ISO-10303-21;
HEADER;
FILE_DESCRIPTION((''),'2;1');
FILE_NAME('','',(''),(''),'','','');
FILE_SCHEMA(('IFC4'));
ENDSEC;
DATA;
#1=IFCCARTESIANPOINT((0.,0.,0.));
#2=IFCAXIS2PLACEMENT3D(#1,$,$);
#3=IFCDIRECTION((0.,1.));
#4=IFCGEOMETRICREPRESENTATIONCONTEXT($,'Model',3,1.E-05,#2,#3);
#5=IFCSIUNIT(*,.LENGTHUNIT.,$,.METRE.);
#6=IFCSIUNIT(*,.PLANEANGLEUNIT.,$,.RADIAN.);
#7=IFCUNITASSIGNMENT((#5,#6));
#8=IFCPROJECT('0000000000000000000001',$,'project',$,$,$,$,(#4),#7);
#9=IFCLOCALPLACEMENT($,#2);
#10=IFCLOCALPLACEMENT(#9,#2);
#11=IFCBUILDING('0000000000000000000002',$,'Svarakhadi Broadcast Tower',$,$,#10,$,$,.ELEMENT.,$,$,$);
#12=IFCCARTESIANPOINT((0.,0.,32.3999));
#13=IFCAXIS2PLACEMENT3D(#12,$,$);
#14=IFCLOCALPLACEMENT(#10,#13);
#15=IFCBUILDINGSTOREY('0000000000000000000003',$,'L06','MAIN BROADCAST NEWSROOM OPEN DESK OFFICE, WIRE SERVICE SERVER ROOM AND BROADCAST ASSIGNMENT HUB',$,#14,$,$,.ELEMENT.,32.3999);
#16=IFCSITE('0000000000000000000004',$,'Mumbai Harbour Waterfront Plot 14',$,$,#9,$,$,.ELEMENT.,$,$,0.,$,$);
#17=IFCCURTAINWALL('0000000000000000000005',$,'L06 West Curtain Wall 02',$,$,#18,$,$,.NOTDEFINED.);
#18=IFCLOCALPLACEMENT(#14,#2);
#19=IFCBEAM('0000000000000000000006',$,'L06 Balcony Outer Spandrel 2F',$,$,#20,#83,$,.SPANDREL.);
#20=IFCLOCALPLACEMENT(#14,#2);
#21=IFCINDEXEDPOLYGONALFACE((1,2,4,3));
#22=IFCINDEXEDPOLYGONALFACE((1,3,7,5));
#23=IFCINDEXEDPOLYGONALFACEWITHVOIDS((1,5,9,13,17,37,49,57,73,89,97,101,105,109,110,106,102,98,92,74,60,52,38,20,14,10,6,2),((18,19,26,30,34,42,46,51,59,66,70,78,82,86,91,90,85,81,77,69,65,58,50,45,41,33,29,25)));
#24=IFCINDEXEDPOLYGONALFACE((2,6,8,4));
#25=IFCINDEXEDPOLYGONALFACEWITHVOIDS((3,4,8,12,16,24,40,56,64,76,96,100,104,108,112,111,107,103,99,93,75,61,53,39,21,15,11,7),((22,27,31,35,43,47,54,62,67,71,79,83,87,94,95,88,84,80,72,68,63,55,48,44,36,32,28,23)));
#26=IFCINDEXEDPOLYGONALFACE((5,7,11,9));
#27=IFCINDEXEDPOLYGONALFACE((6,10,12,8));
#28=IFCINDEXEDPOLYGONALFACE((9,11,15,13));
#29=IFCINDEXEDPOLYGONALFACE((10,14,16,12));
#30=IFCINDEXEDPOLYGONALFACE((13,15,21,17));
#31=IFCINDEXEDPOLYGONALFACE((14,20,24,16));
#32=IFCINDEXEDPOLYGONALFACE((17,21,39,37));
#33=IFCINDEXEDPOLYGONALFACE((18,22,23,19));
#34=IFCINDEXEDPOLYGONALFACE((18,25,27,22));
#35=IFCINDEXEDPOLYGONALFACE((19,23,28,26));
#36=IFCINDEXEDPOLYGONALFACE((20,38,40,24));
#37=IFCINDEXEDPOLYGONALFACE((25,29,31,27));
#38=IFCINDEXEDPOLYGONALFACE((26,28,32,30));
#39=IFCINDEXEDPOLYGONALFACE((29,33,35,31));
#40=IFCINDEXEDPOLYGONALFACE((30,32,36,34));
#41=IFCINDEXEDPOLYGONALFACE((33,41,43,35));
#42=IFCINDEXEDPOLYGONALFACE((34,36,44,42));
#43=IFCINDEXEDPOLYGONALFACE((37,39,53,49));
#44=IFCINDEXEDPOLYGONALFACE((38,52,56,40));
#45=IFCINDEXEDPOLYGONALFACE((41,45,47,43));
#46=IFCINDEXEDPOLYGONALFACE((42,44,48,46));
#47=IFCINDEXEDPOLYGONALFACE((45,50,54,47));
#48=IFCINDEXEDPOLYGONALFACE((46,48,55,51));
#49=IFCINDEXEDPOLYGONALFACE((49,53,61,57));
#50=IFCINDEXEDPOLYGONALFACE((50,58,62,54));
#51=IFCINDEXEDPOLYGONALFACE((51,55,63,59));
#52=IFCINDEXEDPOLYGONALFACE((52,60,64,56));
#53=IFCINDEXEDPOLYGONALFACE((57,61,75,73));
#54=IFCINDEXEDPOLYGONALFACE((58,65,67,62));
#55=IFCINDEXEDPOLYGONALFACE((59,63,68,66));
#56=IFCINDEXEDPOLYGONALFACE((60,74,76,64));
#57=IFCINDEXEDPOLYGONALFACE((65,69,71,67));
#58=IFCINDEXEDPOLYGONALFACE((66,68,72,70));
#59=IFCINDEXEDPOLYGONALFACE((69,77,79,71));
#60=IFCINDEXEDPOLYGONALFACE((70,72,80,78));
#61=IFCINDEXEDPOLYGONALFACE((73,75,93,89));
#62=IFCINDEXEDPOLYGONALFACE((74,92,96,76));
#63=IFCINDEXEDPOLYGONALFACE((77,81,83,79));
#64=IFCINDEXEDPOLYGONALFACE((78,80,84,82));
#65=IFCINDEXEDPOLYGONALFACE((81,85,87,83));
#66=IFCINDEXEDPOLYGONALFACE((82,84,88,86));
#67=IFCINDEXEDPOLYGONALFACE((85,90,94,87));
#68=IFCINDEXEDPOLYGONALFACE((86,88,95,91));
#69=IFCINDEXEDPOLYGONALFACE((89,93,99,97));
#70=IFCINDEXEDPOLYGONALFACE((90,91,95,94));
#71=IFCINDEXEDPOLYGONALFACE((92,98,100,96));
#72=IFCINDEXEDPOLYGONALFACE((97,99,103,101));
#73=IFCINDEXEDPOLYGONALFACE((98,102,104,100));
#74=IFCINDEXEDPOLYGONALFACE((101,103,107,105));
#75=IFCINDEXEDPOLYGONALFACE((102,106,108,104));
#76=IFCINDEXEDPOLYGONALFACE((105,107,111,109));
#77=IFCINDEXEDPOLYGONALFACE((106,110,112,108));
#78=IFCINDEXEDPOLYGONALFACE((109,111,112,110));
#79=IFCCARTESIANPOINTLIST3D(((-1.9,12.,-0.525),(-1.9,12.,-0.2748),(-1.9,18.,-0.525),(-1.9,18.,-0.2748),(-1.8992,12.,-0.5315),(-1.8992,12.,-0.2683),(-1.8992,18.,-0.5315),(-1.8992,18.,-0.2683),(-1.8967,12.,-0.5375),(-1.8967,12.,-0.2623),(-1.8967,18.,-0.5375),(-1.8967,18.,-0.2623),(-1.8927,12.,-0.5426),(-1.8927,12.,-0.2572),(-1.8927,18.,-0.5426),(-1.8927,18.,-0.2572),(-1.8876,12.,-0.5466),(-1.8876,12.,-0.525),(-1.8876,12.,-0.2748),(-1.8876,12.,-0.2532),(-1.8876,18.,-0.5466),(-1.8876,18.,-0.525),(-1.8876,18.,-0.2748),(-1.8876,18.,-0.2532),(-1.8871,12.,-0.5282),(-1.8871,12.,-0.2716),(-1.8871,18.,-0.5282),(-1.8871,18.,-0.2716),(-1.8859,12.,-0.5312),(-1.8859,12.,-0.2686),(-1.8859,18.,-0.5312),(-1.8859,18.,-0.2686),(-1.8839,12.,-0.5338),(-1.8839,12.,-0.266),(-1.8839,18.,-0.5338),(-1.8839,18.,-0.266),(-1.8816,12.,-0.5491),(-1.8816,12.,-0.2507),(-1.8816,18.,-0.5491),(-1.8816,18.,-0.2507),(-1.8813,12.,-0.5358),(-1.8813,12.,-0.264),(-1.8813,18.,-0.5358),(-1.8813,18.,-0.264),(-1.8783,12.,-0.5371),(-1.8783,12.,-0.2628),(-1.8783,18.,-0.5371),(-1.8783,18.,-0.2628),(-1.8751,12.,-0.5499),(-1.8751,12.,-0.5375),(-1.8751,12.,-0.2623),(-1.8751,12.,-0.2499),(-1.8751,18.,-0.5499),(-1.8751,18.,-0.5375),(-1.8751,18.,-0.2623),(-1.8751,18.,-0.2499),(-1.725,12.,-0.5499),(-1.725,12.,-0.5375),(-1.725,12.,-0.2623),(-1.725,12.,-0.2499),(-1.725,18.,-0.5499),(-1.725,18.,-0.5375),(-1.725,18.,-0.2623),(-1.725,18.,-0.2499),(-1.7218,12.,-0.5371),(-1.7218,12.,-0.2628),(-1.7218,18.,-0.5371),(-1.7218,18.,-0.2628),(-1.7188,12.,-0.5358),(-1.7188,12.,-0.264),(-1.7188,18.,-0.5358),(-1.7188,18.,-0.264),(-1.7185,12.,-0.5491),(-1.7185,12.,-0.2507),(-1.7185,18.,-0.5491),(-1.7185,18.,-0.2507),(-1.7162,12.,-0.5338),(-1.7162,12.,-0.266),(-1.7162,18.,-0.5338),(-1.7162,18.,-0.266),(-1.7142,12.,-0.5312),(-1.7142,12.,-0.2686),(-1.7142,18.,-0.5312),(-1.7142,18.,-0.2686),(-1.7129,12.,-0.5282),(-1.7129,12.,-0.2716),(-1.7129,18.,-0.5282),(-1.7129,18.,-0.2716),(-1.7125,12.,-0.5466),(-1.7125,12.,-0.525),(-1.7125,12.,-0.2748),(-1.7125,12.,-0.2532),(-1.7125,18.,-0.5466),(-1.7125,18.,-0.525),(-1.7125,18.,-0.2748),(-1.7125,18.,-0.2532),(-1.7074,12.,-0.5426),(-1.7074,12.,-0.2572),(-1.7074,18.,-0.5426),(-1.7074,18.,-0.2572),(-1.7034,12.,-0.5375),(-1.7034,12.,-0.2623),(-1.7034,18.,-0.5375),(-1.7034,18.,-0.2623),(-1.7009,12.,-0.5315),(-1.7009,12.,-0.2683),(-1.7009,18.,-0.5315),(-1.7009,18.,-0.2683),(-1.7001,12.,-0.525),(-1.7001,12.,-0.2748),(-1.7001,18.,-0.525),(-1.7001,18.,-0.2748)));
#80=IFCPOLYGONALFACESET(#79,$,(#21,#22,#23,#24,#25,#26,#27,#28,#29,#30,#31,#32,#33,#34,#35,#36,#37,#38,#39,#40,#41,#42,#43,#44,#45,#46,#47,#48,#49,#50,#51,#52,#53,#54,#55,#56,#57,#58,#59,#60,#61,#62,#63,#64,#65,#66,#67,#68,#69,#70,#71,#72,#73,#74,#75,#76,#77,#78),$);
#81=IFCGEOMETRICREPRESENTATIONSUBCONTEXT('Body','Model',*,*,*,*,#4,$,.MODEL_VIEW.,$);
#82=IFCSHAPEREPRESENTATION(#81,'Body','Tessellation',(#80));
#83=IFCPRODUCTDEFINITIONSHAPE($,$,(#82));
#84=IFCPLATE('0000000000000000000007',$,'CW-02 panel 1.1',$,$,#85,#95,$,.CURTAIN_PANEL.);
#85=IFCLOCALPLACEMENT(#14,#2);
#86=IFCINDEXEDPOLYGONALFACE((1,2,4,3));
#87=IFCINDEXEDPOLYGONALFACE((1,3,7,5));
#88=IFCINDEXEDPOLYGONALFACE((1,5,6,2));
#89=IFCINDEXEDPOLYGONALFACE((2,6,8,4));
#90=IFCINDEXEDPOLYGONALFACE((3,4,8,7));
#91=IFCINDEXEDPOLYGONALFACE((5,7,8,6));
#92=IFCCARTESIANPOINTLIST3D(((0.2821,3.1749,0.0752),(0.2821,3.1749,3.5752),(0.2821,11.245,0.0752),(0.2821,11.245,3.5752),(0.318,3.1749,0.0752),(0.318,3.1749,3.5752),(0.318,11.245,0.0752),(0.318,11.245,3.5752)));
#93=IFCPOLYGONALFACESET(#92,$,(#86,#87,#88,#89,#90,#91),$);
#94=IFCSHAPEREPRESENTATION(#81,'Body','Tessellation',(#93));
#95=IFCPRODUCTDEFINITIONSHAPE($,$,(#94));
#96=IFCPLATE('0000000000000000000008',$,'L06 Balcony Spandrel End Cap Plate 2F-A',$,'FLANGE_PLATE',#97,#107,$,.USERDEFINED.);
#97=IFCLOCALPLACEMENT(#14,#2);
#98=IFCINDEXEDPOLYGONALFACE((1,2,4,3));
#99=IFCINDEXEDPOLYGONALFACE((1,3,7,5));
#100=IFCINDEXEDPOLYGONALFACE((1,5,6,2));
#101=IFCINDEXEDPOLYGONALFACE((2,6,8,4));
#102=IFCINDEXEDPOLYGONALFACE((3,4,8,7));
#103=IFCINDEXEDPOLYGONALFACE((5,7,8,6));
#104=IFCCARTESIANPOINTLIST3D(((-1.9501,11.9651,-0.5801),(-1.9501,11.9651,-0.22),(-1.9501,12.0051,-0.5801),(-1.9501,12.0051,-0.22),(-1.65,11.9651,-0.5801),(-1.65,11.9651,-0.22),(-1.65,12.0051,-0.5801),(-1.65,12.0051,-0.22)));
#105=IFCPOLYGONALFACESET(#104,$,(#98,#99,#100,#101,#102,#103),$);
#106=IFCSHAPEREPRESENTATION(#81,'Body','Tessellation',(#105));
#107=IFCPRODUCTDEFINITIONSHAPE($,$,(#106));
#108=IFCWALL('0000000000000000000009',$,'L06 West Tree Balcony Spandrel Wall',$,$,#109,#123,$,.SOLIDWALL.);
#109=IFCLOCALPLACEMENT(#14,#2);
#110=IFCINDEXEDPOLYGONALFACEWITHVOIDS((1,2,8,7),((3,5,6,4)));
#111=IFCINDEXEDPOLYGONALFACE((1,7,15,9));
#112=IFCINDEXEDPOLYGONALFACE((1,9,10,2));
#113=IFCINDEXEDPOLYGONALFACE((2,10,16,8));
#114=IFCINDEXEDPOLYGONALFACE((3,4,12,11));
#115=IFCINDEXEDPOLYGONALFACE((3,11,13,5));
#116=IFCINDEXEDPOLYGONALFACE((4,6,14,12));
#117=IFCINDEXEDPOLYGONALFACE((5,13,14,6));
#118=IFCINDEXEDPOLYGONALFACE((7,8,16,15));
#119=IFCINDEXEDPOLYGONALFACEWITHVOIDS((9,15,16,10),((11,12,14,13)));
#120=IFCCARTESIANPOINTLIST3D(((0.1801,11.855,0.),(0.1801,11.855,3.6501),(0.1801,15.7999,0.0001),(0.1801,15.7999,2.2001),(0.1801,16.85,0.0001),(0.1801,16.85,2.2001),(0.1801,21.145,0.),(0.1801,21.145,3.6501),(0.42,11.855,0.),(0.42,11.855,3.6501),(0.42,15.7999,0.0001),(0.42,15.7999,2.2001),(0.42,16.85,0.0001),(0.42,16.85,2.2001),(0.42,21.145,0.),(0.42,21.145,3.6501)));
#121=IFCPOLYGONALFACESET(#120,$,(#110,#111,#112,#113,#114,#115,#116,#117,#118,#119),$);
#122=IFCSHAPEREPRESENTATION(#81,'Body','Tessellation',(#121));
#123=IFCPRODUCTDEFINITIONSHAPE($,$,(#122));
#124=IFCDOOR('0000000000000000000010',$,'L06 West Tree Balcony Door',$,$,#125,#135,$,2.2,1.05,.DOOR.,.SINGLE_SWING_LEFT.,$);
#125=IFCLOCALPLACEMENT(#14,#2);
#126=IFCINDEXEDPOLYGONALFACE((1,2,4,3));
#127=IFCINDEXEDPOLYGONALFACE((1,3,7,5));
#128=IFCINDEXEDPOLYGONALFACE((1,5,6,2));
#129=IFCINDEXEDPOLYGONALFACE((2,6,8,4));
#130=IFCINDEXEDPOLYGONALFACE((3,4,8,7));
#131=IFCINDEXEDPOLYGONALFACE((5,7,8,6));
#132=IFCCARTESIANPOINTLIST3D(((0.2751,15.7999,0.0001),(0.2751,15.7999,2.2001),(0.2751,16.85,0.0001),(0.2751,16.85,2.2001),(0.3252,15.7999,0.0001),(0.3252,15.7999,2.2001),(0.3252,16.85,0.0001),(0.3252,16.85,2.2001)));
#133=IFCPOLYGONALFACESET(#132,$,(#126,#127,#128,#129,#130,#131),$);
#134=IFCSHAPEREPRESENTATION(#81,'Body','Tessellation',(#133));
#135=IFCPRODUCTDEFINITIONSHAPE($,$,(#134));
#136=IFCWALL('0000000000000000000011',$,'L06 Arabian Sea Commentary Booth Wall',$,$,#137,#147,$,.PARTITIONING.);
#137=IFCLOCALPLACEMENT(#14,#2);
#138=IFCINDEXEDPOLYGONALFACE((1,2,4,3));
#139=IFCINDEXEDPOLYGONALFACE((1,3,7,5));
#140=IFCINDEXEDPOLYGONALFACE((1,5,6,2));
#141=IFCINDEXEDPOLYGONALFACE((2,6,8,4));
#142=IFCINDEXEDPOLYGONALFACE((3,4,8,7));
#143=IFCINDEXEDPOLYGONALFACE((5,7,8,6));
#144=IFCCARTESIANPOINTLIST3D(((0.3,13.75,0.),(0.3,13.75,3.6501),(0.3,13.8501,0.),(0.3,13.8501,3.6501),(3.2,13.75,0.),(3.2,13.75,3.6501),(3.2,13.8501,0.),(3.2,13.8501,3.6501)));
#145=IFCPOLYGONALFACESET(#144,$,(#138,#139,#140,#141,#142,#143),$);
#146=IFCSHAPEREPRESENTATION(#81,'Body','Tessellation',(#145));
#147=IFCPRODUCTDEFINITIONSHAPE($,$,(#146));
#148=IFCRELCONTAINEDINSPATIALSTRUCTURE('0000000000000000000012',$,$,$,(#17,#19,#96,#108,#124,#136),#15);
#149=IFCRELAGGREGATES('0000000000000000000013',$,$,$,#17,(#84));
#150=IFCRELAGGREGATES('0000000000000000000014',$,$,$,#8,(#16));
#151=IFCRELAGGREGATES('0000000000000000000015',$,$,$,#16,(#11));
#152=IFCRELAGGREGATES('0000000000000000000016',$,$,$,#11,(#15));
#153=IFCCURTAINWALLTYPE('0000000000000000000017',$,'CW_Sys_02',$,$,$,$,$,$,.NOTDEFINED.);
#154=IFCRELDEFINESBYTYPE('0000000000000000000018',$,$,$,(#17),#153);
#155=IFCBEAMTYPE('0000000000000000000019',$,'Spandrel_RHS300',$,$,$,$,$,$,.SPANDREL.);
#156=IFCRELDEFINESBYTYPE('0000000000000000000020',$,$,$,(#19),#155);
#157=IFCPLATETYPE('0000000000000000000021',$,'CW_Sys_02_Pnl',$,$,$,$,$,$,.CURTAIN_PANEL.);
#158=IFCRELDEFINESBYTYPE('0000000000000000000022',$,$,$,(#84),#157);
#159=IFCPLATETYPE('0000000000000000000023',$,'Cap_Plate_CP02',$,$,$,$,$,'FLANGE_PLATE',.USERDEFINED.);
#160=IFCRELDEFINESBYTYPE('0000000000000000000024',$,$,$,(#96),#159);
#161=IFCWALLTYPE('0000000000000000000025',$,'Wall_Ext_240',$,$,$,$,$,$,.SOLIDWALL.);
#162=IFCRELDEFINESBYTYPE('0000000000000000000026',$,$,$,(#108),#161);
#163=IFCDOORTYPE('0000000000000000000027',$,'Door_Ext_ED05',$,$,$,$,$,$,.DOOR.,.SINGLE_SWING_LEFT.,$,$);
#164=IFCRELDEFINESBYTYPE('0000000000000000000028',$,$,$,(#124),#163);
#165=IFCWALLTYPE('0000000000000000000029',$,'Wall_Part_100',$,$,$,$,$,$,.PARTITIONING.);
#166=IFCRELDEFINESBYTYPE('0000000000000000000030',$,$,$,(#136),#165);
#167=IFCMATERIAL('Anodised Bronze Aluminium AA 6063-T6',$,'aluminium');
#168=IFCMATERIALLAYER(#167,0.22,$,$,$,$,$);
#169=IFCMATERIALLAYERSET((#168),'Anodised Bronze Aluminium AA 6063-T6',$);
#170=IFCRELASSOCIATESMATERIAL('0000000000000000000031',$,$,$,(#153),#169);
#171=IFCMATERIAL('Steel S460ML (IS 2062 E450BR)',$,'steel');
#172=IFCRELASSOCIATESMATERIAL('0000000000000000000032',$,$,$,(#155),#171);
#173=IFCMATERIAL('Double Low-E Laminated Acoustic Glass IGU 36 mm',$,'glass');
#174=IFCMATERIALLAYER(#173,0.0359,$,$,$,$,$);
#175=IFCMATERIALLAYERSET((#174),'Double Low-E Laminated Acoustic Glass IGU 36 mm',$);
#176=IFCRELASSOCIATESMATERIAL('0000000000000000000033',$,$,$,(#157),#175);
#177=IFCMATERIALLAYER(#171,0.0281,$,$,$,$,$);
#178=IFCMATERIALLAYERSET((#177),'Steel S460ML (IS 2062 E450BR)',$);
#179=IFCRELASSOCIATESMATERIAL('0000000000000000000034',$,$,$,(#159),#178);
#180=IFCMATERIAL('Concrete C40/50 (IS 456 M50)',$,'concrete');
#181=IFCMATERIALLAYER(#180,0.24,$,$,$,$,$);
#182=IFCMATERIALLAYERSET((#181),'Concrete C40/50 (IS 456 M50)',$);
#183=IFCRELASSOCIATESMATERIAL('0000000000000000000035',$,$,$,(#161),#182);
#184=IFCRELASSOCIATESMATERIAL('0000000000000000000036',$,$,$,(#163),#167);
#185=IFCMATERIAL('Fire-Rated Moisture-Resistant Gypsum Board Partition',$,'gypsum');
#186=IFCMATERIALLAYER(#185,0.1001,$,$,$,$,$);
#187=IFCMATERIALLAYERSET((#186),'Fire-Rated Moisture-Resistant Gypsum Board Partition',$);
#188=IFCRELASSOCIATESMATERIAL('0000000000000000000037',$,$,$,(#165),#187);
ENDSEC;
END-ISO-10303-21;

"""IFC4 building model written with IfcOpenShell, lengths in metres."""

from ifc_helpers import new_model, si_unit, direction, frame, frame_2d, origin, origin_2d, place, context, subcontext, project, spatial, rectangle, hollow_rectangle, extrude, material, layer, layer_set, material_profile, profile_set, type_object, element, fill, aggregate, save


model = new_model("IFC4")

# Units and contexts
model_context = context("Model", 3, precision=1e-05, world=origin(), true_north=direction((0.0, 1.0)))
body_context = subcontext(model_context, "Body", "Model", "MODEL_VIEW")
ifc_project = project(units=[si_unit("LENGTHUNIT", "METRE"), si_unit("PLANEANGLEUNIT", "RADIAN")], contexts=[model_context])

# Site, building, storey
site_placement = place(None, origin())
site = spatial("IfcSite", under=ifc_project, at=site_placement, Name="Mumbai Harbour Waterfront Plot 14", CompositionType="ELEMENT", RefElevation=0.0)
building_placement = place(site_placement, origin())
building = spatial("IfcBuilding", under=site, at=building_placement, Name="Svarakhadi Broadcast Tower", CompositionType="ELEMENT")
storey_placement = place(building_placement, frame((0.0, 0.0, 32.3999)))
storey = spatial("IfcBuildingStorey", under=building, at=storey_placement, Name="L06", Description="MAIN BROADCAST NEWSROOM OPEN DESK OFFICE, WIRE SERVICE SERVER ROOM AND BROADCAST ASSIGNMENT HUB", CompositionType="ELEMENT", Elevation=32.3999)

# Shared definitions
ifc_material_1 = material(Name="Steel S460ML (IS 2062 E450BR)", Category="steel")

# Curtain wall
ifc_material_2 = material(Name="Anodised Bronze Aluminium AA 6063-T6", Category="aluminium")
ifc_layer_1 = layer(ifc_material_2, 0.22)
ifc_layer_set_1 = layer_set([ifc_layer_1], Name="Anodised Bronze Aluminium AA 6063-T6")
curtain_wall_type = type_object("IfcCurtainWallType", Name="CW_Sys_02", PredefinedType="NOTDEFINED", material=ifc_layer_set_1)
curtain_wall_placement = place(storey_placement, origin())
curtain_wall = element("IfcCurtainWall", 1, at=curtain_wall_placement, inside=storey, type_object=curtain_wall_type, Name="L06 West Curtain Wall 02", PredefinedType="NOTDEFINED")

# Beam
ifc_material_profile_1 = material_profile(ifc_material_1, hollow_rectangle(XDim=0.2, YDim=0.3, WallThickness=0.0125, InnerFilletRadius=0.0125, OuterFilletRadius=0.0249, at=origin_2d()), Name="RHS 300x200x12.5")
ifc_profile_set_1 = profile_set([ifc_material_profile_1], Name="Steel S460ML (IS 2062 E450BR)")
beam_type_1 = type_object("IfcBeamType", Name="Spandrel_RHS300", PredefinedType="SPANDREL", material=ifc_profile_set_1)
beam_1_placement = place(storey_placement, frame((-1.8, 12.0, -0.3999), z_axis=(0.0, 1.0, 0.0), x_axis=(-1.0, 0.0, 0.0)))
element("IfcBeam", 2, at=beam_1_placement, inside=storey, type_object=beam_type_1, Name="L06 Balcony Outer Spandrel 2F", PredefinedType="SPANDREL", context=body_context, shape_type="SweptSolid", body=[
    extrude(hollow_rectangle(XDim=0.2, YDim=0.3, WallThickness=0.0125, InnerFilletRadius=0.0125, OuterFilletRadius=0.0249, at=origin_2d()), origin(), (0.0, 0.0, 1.0), 6.0),
])

# Plates
ifc_material_3 = material(Name="Double Low-E Laminated Acoustic Glass IGU 36 mm", Category="glass")
ifc_layer_2 = layer(ifc_material_3, 0.0359)
ifc_layer_set_2 = layer_set([ifc_layer_2], Name="Double Low-E Laminated Acoustic Glass IGU 36 mm")
plate_type_1 = type_object("IfcPlateType", Name="CW_Sys_02_Pnl", PredefinedType="CURTAIN_PANEL", material=ifc_layer_set_2)
plate_1_placement = place(storey_placement, frame((0.3, 7.21, 0.0752), z_axis=(0.0, 0.0, 1.0), x_axis=(0.0, 1.0, 0.0)))
plate_1 = element("IfcPlate", 3, at=plate_1_placement, type_object=plate_type_1, Name="CW-02 panel 1.1", PredefinedType="CURTAIN_PANEL", context=body_context, shape_type="SweptSolid", body=[
    extrude(rectangle(XDim=8.0701, YDim=0.0359, at=origin_2d()), origin(), (0.0, 0.0, 1.0), 3.5),
])
aggregate(curtain_wall, [plate_1])
ifc_layer_3 = layer(ifc_material_1, 0.0281)
ifc_layer_set_3 = layer_set([ifc_layer_3], Name="Steel S460ML (IS 2062 E450BR)")
plate_type_2 = type_object("IfcPlateType", Name="Cap_Plate_CP02", ElementType="FLANGE_PLATE", PredefinedType="USERDEFINED", material=ifc_layer_set_3)
plate_2_placement = place(storey_placement, frame((-1.8, 11.9851, -0.5801), z_axis=(0.0, 0.0, 1.0), x_axis=(1.0, 0.0, 0.0)))
element("IfcPlate", 4, at=plate_2_placement, inside=storey, type_object=plate_type_2, Name="L06 Balcony Spandrel End Cap Plate 2F-A", ObjectType="FLANGE_PLATE", PredefinedType="USERDEFINED", context=body_context, shape_type="SweptSolid", body=[
    extrude(rectangle(XDim=0.3, YDim=0.04, at=origin_2d()), origin(), (0.0, 0.0, 1.0), 0.3601),
])

# Wall, opening, door
ifc_material_4 = material(Name="Concrete C40/50 (IS 456 M50)", Category="concrete")
ifc_layer_4 = layer(ifc_material_4, 0.24)
ifc_layer_set_4 = layer_set([ifc_layer_4], Name="Concrete C40/50 (IS 456 M50)")
wall_type_1 = type_object("IfcWallType", Name="Wall_Ext_240", PredefinedType="SOLIDWALL", material=ifc_layer_set_4)
wall_1_placement = place(storey_placement, frame((0.3, 11.855, 0.0), z_axis=(0.0, 0.0, 1.0), x_axis=(0.0, 1.0, 0.0)))
wall_1 = element("IfcWall", 5, at=wall_1_placement, inside=storey, type_object=wall_type_1, Name="L06 West Tree Balcony Spandrel Wall", PredefinedType="SOLIDWALL", context=body_context, shape_type="SweptSolid", body=[
    extrude(rectangle(XDim=9.29, YDim=0.24, at=frame_2d((4.645, 0.0))), origin(), (0.0, 0.0, 1.0), 3.6501),
])
opening_1_placement = place(wall_1_placement, frame((3.9451, 0.0, 0.0)))
opening_1 = element("IfcOpeningElement", 6, at=opening_1_placement, cuts=wall_1, PredefinedType="OPENING", context=body_context, shape_type="SweptSolid", body=[
    extrude(rectangle(XDim=1.05, YDim=2.2, at=frame_2d((0.5249, 1.1001))), frame((0.0, 0.1299, 0.0), z_axis=(0.0, -1.0, 0.0), x_axis=(1.0, 0.0, 0.0)), (0.0, 0.0, 1.0), 0.26),
])
door_type_1 = type_object("IfcDoorType", Name="Door_Ext_ED05", OperationType="SINGLE_SWING_LEFT", PredefinedType="DOOR", material=ifc_material_2)
door_1_placement = place(opening_1_placement, origin())
door_1 = element("IfcDoor", 7, at=door_1_placement, inside=storey, type_object=door_type_1, Name="L06 West Tree Balcony Door", OperationType="SINGLE_SWING_LEFT", OverallHeight=2.2, OverallWidth=1.05, PredefinedType="DOOR", context=body_context, shape_type="SweptSolid", body=[
    extrude(rectangle(XDim=1.05, YDim=2.2, at=frame_2d((0.5249, 1.1001))), frame((0.0, 0.0249, 0.0), z_axis=(0.0, -1.0, 0.0), x_axis=(1.0, 0.0, 0.0)), (0.0, 0.0, 1.0), 0.05),
])
fill(opening_1, door_1)

# Wall
ifc_material_5 = material(Name="Fire-Rated Moisture-Resistant Gypsum Board Partition", Category="gypsum")
ifc_layer_5 = layer(ifc_material_5, 0.1001)
ifc_layer_set_5 = layer_set([ifc_layer_5], Name="Fire-Rated Moisture-Resistant Gypsum Board Partition")
wall_type_2 = type_object("IfcWallType", Name="Wall_Part_100", PredefinedType="PARTITIONING", material=ifc_layer_set_5)
wall_2_placement = place(storey_placement, frame((0.3, 13.8, 0.0), z_axis=(0.0, 0.0, 1.0), x_axis=(1.0, 0.0, 0.0)))
element("IfcWall", 8, at=wall_2_placement, inside=storey, type_object=wall_type_2, Name="L06 Arabian Sea Commentary Booth Wall", PredefinedType="PARTITIONING", context=body_context, shape_type="SweptSolid", body=[
    extrude(rectangle(XDim=2.8999, YDim=0.1001, at=frame_2d((1.45, 0.0))), origin(), (0.0, 0.0, 1.0), 3.6501),
])

save(model, "model.ifc")
